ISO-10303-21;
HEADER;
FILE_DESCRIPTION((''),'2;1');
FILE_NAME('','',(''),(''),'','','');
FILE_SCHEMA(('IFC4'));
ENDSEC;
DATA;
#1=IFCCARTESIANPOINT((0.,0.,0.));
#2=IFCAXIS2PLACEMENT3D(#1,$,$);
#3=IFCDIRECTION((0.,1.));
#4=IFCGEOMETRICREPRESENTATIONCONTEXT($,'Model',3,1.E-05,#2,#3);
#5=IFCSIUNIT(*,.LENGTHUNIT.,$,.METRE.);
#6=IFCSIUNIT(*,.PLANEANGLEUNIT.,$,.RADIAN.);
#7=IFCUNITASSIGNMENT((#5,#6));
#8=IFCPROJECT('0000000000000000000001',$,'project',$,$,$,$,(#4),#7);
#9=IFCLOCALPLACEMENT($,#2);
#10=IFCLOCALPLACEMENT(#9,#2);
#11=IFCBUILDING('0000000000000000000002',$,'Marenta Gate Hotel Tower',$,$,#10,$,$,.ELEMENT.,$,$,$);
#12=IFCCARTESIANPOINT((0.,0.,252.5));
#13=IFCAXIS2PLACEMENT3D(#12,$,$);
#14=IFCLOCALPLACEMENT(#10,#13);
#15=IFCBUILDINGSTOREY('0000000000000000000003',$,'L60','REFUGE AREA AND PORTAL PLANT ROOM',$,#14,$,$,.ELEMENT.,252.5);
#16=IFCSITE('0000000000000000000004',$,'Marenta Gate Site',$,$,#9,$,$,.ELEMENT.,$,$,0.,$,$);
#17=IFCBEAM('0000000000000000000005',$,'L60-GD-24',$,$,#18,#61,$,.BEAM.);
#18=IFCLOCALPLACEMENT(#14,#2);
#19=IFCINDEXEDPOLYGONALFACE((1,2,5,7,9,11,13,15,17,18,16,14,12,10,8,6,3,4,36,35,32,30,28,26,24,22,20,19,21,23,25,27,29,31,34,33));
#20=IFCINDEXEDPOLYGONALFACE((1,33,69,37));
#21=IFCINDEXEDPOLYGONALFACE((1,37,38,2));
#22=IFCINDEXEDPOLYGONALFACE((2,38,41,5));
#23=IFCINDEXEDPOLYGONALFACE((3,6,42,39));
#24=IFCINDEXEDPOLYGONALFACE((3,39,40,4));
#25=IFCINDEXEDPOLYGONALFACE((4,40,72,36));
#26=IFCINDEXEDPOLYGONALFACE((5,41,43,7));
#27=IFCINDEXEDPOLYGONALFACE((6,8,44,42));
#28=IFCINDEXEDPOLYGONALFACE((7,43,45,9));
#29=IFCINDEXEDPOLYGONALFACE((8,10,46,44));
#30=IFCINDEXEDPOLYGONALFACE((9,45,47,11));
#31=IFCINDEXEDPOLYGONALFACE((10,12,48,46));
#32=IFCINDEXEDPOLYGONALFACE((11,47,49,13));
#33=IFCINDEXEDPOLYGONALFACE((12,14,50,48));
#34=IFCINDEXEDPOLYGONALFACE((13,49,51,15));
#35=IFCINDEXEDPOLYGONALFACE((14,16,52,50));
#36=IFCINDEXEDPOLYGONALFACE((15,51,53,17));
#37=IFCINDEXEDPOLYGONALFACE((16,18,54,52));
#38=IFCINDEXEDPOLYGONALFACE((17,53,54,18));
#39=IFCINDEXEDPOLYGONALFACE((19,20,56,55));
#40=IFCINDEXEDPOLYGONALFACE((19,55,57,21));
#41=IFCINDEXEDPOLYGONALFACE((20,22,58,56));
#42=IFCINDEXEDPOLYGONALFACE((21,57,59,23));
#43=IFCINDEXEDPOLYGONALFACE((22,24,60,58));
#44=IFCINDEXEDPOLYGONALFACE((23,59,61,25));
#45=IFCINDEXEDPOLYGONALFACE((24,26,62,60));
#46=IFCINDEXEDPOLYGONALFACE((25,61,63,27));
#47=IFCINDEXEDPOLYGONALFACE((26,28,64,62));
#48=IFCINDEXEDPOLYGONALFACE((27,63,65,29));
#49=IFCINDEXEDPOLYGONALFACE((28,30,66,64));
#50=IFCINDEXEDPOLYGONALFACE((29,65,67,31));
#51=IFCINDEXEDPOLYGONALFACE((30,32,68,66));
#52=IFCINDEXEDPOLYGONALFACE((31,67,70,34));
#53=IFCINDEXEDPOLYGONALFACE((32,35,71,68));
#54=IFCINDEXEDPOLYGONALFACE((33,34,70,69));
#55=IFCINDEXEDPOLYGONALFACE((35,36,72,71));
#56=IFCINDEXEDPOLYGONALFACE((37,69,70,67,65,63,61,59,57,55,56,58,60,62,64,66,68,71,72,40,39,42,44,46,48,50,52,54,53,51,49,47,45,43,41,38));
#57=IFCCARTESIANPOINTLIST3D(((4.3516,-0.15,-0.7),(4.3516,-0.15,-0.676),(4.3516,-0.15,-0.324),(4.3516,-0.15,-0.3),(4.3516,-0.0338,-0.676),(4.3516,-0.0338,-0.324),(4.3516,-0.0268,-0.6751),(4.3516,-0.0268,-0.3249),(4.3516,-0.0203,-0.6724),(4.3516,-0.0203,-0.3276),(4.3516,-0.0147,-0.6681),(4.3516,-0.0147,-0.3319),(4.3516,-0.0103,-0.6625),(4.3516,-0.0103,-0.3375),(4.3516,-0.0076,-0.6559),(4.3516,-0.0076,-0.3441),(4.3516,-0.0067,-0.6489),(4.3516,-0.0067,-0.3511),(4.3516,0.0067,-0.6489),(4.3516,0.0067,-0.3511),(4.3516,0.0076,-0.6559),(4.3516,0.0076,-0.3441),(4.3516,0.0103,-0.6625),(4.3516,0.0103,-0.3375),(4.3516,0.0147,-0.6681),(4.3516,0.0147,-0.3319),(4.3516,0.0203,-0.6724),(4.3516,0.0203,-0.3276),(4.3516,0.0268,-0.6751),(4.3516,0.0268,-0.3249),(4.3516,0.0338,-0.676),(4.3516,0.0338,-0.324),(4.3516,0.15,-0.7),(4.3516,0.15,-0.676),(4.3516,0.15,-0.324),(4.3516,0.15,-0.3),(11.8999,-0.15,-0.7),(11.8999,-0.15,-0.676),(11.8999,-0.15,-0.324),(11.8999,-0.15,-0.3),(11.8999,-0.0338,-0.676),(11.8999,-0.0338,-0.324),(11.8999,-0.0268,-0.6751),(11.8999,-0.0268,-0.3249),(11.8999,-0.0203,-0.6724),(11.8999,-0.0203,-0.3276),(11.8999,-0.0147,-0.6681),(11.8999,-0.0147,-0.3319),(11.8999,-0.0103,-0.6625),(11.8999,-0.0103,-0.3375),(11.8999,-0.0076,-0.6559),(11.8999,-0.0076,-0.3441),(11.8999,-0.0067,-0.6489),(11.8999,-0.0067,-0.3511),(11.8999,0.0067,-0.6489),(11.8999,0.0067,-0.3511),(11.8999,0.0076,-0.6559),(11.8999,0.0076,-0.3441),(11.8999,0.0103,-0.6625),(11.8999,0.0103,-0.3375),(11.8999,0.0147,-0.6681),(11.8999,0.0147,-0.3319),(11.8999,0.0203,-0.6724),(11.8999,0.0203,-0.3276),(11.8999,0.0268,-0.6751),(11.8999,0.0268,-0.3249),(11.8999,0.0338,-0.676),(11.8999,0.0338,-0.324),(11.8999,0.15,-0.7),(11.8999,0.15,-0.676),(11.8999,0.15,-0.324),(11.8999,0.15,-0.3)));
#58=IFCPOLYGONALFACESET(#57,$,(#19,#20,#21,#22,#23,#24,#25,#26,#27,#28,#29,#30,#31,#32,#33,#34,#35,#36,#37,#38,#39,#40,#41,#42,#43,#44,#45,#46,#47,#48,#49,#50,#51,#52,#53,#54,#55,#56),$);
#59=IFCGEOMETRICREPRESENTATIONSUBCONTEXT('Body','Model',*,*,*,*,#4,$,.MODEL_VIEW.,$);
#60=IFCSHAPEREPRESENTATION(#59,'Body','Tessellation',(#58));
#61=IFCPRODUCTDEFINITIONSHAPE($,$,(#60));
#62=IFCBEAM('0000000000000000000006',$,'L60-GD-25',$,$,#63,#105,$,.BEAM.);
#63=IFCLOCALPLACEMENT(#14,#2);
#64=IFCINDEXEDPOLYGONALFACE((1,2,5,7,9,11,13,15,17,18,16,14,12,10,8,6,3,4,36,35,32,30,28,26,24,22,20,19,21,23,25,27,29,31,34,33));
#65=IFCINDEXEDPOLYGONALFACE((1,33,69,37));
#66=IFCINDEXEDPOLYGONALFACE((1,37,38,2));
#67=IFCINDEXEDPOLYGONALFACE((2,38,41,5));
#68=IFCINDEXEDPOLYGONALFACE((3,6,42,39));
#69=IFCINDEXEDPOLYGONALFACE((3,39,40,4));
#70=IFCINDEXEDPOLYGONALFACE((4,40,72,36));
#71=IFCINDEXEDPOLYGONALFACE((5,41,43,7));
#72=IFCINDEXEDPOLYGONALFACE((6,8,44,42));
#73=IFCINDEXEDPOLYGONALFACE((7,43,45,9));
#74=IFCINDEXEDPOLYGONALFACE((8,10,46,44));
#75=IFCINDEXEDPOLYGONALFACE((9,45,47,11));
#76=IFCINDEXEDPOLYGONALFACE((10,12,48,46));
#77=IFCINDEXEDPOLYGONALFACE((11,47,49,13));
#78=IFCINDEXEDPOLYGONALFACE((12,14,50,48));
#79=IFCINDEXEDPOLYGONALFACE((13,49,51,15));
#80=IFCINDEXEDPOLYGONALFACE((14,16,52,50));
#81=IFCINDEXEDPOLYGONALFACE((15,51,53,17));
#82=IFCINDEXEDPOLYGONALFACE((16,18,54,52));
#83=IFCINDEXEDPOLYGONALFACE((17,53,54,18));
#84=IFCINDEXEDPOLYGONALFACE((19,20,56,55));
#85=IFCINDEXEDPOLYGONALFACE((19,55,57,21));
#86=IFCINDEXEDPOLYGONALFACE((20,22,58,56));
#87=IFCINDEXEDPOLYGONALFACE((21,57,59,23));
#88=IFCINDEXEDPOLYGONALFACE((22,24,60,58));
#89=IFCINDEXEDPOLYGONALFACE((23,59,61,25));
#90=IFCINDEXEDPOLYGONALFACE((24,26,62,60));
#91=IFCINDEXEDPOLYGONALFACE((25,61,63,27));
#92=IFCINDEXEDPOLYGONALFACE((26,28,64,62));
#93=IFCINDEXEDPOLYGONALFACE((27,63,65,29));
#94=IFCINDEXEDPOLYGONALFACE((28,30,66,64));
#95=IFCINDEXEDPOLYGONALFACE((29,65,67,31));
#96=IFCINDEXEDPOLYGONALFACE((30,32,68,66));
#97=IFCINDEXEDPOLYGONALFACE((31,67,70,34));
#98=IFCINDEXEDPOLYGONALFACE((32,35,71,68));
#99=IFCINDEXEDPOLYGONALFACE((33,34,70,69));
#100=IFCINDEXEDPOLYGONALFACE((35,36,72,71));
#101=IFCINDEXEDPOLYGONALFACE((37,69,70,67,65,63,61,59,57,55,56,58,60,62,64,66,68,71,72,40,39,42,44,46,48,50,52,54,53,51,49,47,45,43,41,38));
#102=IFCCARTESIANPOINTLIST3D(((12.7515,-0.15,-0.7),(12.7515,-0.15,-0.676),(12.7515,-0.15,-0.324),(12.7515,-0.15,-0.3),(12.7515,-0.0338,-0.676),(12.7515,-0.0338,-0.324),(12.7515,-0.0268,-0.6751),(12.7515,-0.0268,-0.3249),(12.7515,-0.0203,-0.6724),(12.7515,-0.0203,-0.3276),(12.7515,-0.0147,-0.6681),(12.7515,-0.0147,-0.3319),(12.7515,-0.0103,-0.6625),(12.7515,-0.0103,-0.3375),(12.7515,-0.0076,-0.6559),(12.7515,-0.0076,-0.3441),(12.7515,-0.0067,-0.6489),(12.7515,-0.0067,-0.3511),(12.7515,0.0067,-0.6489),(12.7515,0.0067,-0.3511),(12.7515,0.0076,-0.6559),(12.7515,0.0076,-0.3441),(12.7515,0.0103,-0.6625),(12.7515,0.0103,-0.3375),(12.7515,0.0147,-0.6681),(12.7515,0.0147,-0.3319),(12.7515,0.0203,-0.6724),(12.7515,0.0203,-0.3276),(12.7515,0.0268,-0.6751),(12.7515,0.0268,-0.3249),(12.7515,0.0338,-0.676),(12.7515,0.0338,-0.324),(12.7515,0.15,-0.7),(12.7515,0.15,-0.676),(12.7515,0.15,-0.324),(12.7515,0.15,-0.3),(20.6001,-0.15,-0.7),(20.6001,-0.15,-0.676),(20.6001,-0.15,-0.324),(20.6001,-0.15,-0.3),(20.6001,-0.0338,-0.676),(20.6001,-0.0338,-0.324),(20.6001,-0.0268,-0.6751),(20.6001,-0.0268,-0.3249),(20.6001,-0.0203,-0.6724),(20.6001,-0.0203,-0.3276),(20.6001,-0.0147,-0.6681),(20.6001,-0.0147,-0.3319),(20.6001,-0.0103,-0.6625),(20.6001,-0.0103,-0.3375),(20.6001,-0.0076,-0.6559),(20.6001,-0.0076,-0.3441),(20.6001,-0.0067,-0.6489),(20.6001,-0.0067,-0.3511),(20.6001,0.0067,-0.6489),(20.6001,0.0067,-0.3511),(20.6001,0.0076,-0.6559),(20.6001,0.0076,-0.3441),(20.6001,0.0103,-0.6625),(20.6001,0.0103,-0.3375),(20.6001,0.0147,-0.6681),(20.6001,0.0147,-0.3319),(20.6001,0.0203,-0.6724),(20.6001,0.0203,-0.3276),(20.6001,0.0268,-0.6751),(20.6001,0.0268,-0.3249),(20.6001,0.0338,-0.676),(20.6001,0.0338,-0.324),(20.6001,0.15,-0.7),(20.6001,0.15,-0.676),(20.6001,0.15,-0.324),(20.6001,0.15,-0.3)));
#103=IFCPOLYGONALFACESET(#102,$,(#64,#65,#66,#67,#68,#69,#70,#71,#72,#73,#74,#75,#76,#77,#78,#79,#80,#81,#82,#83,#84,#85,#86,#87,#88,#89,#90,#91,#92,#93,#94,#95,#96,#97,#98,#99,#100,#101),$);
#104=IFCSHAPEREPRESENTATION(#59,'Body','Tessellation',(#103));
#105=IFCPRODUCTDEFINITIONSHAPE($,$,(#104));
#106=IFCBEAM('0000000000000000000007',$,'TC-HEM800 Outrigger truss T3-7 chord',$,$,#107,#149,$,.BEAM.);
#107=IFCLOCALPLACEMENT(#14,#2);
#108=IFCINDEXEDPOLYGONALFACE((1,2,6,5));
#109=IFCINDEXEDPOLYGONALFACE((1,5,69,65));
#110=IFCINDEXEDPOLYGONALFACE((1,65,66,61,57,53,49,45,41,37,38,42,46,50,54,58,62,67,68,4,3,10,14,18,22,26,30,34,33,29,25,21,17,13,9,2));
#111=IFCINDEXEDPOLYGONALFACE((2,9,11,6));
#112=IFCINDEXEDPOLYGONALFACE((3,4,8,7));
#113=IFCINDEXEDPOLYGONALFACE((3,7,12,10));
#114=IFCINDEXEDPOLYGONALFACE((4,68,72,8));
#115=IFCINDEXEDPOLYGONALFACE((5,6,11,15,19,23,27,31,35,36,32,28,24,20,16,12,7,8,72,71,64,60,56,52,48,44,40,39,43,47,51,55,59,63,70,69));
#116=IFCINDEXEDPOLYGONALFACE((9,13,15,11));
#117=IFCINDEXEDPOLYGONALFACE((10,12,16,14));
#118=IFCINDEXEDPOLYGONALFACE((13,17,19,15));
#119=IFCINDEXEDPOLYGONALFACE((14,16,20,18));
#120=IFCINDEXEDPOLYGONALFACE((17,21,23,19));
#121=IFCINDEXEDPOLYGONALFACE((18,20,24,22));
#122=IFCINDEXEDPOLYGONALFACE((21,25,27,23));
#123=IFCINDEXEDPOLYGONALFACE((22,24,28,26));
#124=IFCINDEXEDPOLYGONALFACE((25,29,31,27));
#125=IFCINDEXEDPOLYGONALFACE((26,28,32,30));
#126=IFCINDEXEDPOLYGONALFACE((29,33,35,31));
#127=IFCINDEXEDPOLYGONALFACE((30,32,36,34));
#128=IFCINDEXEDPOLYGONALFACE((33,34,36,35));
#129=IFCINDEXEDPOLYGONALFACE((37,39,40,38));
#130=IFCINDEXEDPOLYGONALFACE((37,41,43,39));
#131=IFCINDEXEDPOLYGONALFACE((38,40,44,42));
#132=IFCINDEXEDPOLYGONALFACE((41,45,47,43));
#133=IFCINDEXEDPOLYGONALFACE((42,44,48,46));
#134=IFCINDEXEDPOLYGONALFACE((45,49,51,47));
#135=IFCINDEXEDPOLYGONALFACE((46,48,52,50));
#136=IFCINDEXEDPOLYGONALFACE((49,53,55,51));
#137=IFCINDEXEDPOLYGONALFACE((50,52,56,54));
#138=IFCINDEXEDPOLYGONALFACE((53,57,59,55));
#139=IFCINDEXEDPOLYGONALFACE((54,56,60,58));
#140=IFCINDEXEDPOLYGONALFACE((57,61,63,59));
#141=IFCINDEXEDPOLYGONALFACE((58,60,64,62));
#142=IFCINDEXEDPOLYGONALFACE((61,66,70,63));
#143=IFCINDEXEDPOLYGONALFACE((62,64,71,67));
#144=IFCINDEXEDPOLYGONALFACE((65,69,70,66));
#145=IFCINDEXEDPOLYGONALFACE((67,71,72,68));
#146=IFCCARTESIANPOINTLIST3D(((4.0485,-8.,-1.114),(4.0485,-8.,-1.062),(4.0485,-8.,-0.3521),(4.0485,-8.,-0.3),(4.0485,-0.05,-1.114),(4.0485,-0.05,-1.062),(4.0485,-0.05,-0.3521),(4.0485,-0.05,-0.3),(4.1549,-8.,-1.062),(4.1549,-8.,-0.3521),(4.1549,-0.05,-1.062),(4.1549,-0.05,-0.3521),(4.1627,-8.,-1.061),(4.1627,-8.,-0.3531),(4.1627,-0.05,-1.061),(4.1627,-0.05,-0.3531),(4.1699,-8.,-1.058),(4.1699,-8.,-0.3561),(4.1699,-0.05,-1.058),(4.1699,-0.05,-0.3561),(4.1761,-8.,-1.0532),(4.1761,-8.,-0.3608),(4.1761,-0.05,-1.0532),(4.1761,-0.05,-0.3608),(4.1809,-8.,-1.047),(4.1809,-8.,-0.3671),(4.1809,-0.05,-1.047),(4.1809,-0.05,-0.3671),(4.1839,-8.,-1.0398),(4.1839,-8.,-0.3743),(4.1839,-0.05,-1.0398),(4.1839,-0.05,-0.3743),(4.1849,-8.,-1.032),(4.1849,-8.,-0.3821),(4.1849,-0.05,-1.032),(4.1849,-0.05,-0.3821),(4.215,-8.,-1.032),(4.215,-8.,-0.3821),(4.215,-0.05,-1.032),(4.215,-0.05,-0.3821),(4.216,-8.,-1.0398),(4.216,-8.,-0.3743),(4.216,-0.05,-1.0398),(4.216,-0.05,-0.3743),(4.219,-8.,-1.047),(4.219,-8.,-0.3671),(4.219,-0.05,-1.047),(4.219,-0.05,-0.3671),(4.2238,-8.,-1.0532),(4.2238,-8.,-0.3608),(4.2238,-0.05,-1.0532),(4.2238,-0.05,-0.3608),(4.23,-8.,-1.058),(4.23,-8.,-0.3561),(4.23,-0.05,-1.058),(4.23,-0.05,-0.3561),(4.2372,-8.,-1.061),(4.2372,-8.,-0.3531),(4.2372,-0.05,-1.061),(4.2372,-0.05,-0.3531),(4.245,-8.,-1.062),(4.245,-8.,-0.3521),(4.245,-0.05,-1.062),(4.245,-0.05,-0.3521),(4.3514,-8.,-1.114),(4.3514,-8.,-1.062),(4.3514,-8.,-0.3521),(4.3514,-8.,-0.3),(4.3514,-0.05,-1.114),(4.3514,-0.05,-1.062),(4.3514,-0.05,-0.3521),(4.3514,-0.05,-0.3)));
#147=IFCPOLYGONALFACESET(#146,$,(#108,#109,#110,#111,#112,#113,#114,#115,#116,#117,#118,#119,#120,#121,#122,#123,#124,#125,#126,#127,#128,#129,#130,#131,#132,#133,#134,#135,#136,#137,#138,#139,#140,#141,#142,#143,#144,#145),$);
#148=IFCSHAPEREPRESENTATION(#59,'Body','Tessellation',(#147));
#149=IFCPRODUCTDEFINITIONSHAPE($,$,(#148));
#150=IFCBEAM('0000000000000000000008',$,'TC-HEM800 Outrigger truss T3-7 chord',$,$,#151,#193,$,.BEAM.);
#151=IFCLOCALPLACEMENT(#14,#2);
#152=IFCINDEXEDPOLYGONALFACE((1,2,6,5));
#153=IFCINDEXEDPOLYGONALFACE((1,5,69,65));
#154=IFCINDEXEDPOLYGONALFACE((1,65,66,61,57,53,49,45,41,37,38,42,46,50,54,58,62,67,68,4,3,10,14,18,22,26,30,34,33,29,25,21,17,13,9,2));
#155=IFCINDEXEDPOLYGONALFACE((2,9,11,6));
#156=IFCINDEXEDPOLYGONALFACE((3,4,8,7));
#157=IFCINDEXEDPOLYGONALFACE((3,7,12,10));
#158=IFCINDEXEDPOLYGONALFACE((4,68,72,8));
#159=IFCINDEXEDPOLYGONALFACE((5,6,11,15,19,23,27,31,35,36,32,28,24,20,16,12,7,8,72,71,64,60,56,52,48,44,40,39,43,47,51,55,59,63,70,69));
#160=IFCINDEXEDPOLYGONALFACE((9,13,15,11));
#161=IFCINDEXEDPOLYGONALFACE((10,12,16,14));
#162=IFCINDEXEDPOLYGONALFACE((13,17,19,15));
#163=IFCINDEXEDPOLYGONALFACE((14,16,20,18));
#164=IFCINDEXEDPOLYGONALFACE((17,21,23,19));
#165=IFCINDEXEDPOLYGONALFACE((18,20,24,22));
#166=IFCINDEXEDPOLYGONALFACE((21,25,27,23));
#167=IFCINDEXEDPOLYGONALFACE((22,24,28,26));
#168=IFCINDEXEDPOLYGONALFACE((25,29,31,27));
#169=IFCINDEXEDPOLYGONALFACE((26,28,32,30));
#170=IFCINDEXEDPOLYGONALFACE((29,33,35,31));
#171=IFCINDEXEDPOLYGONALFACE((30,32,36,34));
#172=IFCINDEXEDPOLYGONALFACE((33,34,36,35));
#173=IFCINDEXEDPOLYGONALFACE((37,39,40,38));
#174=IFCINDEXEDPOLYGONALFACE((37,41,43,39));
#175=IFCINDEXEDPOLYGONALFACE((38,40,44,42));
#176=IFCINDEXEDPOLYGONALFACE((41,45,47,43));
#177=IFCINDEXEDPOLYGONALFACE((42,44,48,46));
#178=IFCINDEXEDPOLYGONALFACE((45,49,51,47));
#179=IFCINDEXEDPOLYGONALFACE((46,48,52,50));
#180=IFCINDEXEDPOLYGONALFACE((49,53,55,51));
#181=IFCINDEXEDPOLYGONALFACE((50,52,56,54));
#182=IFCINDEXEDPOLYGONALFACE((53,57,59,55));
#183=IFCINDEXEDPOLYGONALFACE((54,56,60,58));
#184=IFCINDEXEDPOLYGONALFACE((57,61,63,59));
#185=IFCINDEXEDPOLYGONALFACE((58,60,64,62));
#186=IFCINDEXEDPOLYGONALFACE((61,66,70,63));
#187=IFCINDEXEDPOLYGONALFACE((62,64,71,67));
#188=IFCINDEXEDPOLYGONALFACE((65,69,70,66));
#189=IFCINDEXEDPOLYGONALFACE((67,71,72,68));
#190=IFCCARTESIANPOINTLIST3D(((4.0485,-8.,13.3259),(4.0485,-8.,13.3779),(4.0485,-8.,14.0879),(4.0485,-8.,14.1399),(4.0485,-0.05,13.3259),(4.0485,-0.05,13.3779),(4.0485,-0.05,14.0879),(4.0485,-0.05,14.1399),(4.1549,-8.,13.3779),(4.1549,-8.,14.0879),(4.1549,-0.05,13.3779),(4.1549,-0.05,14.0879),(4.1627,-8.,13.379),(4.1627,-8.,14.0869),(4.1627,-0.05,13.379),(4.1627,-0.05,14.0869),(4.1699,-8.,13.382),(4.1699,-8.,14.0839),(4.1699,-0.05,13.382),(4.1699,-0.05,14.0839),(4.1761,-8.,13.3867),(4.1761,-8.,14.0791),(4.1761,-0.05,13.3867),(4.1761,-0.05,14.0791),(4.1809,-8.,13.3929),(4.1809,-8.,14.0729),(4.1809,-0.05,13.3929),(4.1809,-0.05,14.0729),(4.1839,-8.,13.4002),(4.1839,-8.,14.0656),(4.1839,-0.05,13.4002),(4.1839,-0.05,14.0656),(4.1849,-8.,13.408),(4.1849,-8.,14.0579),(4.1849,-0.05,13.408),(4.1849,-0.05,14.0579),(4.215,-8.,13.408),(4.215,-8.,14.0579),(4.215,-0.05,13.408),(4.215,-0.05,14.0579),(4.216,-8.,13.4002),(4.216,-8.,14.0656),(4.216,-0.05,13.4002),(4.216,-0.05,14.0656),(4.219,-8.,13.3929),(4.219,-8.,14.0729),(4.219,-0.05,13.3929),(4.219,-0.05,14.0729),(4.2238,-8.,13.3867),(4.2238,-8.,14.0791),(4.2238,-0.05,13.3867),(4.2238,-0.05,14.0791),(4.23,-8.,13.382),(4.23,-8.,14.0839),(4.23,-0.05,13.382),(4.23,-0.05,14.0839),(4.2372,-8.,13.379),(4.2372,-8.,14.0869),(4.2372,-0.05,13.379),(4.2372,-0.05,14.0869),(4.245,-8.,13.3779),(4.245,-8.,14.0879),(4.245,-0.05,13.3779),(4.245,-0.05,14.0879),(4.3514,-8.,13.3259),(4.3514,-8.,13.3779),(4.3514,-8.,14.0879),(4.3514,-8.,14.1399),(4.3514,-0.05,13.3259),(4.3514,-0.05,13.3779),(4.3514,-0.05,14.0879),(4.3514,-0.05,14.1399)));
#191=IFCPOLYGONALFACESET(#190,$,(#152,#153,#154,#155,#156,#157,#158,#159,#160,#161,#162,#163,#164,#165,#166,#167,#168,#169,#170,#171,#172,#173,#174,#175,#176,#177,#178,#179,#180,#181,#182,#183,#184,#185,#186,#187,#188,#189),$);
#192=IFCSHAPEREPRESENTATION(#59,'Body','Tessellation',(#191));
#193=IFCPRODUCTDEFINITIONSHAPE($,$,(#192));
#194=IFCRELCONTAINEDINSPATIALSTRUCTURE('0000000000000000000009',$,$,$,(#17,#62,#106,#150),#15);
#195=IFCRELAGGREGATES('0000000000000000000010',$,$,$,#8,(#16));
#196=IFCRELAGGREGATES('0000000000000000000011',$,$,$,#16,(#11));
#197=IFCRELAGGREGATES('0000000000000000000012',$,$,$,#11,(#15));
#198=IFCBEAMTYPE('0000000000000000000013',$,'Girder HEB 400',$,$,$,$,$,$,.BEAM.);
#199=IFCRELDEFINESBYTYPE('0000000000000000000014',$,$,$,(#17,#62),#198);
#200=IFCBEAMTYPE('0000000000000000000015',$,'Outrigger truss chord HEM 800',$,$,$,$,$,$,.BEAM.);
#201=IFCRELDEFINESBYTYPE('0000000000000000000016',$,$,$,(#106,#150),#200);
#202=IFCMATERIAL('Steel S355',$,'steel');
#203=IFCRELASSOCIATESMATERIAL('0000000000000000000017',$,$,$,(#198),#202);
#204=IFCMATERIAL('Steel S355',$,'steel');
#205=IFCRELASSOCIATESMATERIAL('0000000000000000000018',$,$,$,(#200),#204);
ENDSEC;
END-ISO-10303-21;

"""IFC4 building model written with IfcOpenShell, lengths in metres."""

from ifc_helpers import new_model, si_unit, direction, frame, origin, origin_2d, place, context, subcontext, project, spatial, i_section, extrude, material, material_profile, profile_set, type_object, element, save


model = new_model("IFC4")

# Units and contexts
model_context = context("Model", 3, precision=1e-05, world=origin(), true_north=direction((0.0, 1.0)))
body_context = subcontext(model_context, "Body", "Model", "MODEL_VIEW")
ifc_project = project(units=[si_unit("LENGTHUNIT", "METRE"), si_unit("PLANEANGLEUNIT", "RADIAN")], contexts=[model_context])

# Site, building, storey
site_placement = place(None, origin())
site = spatial("IfcSite", under=ifc_project, at=site_placement, Name="Marenta Gate Site", CompositionType="ELEMENT", RefElevation=0.0)
building_placement = place(site_placement, origin())
building = spatial("IfcBuilding", under=site, at=building_placement, Name="Marenta Gate Hotel Tower", CompositionType="ELEMENT")
storey_placement = place(building_placement, frame((0.0, 0.0, 252.5)))
storey = spatial("IfcBuildingStorey", under=building, at=storey_placement, Name="L60", Description="REFUGE AREA AND PORTAL PLANT ROOM", CompositionType="ELEMENT", Elevation=252.5)

# Beams
ifc_material_1 = material(Name="Steel S355", Category="steel")
ifc_material_profile_1 = material_profile(ifc_material_1, i_section(OverallWidth=0.3, OverallDepth=0.3999, WebThickness=0.0134, FlangeThickness=0.0239, FilletRadius=0.0271, at=origin_2d()), Name="HEB 400")
ifc_profile_set_1 = profile_set([ifc_material_profile_1], Name="Steel S355")
beam_type_1 = type_object("IfcBeamType", Name="Girder HEB 400", PredefinedType="BEAM", material=ifc_profile_set_1)
beam_1_placement = place(storey_placement, frame((4.3516, 0.0, -0.5), z_axis=(1.0, 0.0, 0.0), x_axis=(0.0, 1.0, 0.0)))
element("IfcBeam", 1, at=beam_1_placement, inside=storey, type_object=beam_type_1, Name="L60-GD-24", PredefinedType="BEAM", context=body_context, shape_type="SweptSolid", body=[
    extrude(i_section(OverallWidth=0.3, OverallDepth=0.3999, WebThickness=0.0134, FlangeThickness=0.0239, FilletRadius=0.0271, at=origin_2d()), origin(), (0.0, 0.0, 1.0), 7.5483),
])
beam_2_placement = place(storey_placement, frame((12.7515, 0.0, -0.5), z_axis=(1.0, 0.0, 0.0), x_axis=(0.0, 1.0, 0.0)))
element("IfcBeam", 2, at=beam_2_placement, inside=storey, type_object=beam_type_1, Name="L60-GD-25", PredefinedType="BEAM", context=body_context, shape_type="SweptSolid", body=[
    extrude(i_section(OverallWidth=0.3, OverallDepth=0.3999, WebThickness=0.0134, FlangeThickness=0.0239, FilletRadius=0.0271, at=origin_2d()), origin(), (0.0, 0.0, 1.0), 7.8486),
])
ifc_material_2 = material(Name="Steel S355", Category="steel")
ifc_material_profile_2 = material_profile(ifc_material_2, i_section(OverallWidth=0.303, OverallDepth=0.814, WebThickness=0.03, FlangeThickness=0.052, FilletRadius=0.03, at=origin_2d()), Name="HEM 800")
ifc_profile_set_2 = profile_set([ifc_material_profile_2], Name="Steel S355")
beam_type_2 = type_object("IfcBeamType", Name="Outrigger truss chord HEM 800", PredefinedType="BEAM", material=ifc_profile_set_2)
for number, where, z_axis, x_axis, name in (
    (3, (4.2, -0.05, -0.707), (0.0, -1.0, 0.0), (1.0, 0.0, 0.0), "TC-HEM800 Outrigger truss T3-7 chord"),
    (4, (4.2, -0.05, 13.7329), (0.0, -1.0, 0.0), (1.0, 0.0, 0.0), "TC-HEM800 Outrigger truss T3-7 chord"),
):
    element("IfcBeam", number, at=place(storey_placement, frame(where, z_axis=z_axis, x_axis=x_axis)), inside=storey, type_object=beam_type_2, Name=name, PredefinedType="BEAM", context=body_context, shape_type="SweptSolid", body=[
        extrude(i_section(OverallWidth=0.303, OverallDepth=0.814, WebThickness=0.03, FlangeThickness=0.052, FilletRadius=0.03, at=origin_2d()), origin(), (0.0, 0.0, 1.0), 7.95),
    ])

save(model, "model.ifc")
